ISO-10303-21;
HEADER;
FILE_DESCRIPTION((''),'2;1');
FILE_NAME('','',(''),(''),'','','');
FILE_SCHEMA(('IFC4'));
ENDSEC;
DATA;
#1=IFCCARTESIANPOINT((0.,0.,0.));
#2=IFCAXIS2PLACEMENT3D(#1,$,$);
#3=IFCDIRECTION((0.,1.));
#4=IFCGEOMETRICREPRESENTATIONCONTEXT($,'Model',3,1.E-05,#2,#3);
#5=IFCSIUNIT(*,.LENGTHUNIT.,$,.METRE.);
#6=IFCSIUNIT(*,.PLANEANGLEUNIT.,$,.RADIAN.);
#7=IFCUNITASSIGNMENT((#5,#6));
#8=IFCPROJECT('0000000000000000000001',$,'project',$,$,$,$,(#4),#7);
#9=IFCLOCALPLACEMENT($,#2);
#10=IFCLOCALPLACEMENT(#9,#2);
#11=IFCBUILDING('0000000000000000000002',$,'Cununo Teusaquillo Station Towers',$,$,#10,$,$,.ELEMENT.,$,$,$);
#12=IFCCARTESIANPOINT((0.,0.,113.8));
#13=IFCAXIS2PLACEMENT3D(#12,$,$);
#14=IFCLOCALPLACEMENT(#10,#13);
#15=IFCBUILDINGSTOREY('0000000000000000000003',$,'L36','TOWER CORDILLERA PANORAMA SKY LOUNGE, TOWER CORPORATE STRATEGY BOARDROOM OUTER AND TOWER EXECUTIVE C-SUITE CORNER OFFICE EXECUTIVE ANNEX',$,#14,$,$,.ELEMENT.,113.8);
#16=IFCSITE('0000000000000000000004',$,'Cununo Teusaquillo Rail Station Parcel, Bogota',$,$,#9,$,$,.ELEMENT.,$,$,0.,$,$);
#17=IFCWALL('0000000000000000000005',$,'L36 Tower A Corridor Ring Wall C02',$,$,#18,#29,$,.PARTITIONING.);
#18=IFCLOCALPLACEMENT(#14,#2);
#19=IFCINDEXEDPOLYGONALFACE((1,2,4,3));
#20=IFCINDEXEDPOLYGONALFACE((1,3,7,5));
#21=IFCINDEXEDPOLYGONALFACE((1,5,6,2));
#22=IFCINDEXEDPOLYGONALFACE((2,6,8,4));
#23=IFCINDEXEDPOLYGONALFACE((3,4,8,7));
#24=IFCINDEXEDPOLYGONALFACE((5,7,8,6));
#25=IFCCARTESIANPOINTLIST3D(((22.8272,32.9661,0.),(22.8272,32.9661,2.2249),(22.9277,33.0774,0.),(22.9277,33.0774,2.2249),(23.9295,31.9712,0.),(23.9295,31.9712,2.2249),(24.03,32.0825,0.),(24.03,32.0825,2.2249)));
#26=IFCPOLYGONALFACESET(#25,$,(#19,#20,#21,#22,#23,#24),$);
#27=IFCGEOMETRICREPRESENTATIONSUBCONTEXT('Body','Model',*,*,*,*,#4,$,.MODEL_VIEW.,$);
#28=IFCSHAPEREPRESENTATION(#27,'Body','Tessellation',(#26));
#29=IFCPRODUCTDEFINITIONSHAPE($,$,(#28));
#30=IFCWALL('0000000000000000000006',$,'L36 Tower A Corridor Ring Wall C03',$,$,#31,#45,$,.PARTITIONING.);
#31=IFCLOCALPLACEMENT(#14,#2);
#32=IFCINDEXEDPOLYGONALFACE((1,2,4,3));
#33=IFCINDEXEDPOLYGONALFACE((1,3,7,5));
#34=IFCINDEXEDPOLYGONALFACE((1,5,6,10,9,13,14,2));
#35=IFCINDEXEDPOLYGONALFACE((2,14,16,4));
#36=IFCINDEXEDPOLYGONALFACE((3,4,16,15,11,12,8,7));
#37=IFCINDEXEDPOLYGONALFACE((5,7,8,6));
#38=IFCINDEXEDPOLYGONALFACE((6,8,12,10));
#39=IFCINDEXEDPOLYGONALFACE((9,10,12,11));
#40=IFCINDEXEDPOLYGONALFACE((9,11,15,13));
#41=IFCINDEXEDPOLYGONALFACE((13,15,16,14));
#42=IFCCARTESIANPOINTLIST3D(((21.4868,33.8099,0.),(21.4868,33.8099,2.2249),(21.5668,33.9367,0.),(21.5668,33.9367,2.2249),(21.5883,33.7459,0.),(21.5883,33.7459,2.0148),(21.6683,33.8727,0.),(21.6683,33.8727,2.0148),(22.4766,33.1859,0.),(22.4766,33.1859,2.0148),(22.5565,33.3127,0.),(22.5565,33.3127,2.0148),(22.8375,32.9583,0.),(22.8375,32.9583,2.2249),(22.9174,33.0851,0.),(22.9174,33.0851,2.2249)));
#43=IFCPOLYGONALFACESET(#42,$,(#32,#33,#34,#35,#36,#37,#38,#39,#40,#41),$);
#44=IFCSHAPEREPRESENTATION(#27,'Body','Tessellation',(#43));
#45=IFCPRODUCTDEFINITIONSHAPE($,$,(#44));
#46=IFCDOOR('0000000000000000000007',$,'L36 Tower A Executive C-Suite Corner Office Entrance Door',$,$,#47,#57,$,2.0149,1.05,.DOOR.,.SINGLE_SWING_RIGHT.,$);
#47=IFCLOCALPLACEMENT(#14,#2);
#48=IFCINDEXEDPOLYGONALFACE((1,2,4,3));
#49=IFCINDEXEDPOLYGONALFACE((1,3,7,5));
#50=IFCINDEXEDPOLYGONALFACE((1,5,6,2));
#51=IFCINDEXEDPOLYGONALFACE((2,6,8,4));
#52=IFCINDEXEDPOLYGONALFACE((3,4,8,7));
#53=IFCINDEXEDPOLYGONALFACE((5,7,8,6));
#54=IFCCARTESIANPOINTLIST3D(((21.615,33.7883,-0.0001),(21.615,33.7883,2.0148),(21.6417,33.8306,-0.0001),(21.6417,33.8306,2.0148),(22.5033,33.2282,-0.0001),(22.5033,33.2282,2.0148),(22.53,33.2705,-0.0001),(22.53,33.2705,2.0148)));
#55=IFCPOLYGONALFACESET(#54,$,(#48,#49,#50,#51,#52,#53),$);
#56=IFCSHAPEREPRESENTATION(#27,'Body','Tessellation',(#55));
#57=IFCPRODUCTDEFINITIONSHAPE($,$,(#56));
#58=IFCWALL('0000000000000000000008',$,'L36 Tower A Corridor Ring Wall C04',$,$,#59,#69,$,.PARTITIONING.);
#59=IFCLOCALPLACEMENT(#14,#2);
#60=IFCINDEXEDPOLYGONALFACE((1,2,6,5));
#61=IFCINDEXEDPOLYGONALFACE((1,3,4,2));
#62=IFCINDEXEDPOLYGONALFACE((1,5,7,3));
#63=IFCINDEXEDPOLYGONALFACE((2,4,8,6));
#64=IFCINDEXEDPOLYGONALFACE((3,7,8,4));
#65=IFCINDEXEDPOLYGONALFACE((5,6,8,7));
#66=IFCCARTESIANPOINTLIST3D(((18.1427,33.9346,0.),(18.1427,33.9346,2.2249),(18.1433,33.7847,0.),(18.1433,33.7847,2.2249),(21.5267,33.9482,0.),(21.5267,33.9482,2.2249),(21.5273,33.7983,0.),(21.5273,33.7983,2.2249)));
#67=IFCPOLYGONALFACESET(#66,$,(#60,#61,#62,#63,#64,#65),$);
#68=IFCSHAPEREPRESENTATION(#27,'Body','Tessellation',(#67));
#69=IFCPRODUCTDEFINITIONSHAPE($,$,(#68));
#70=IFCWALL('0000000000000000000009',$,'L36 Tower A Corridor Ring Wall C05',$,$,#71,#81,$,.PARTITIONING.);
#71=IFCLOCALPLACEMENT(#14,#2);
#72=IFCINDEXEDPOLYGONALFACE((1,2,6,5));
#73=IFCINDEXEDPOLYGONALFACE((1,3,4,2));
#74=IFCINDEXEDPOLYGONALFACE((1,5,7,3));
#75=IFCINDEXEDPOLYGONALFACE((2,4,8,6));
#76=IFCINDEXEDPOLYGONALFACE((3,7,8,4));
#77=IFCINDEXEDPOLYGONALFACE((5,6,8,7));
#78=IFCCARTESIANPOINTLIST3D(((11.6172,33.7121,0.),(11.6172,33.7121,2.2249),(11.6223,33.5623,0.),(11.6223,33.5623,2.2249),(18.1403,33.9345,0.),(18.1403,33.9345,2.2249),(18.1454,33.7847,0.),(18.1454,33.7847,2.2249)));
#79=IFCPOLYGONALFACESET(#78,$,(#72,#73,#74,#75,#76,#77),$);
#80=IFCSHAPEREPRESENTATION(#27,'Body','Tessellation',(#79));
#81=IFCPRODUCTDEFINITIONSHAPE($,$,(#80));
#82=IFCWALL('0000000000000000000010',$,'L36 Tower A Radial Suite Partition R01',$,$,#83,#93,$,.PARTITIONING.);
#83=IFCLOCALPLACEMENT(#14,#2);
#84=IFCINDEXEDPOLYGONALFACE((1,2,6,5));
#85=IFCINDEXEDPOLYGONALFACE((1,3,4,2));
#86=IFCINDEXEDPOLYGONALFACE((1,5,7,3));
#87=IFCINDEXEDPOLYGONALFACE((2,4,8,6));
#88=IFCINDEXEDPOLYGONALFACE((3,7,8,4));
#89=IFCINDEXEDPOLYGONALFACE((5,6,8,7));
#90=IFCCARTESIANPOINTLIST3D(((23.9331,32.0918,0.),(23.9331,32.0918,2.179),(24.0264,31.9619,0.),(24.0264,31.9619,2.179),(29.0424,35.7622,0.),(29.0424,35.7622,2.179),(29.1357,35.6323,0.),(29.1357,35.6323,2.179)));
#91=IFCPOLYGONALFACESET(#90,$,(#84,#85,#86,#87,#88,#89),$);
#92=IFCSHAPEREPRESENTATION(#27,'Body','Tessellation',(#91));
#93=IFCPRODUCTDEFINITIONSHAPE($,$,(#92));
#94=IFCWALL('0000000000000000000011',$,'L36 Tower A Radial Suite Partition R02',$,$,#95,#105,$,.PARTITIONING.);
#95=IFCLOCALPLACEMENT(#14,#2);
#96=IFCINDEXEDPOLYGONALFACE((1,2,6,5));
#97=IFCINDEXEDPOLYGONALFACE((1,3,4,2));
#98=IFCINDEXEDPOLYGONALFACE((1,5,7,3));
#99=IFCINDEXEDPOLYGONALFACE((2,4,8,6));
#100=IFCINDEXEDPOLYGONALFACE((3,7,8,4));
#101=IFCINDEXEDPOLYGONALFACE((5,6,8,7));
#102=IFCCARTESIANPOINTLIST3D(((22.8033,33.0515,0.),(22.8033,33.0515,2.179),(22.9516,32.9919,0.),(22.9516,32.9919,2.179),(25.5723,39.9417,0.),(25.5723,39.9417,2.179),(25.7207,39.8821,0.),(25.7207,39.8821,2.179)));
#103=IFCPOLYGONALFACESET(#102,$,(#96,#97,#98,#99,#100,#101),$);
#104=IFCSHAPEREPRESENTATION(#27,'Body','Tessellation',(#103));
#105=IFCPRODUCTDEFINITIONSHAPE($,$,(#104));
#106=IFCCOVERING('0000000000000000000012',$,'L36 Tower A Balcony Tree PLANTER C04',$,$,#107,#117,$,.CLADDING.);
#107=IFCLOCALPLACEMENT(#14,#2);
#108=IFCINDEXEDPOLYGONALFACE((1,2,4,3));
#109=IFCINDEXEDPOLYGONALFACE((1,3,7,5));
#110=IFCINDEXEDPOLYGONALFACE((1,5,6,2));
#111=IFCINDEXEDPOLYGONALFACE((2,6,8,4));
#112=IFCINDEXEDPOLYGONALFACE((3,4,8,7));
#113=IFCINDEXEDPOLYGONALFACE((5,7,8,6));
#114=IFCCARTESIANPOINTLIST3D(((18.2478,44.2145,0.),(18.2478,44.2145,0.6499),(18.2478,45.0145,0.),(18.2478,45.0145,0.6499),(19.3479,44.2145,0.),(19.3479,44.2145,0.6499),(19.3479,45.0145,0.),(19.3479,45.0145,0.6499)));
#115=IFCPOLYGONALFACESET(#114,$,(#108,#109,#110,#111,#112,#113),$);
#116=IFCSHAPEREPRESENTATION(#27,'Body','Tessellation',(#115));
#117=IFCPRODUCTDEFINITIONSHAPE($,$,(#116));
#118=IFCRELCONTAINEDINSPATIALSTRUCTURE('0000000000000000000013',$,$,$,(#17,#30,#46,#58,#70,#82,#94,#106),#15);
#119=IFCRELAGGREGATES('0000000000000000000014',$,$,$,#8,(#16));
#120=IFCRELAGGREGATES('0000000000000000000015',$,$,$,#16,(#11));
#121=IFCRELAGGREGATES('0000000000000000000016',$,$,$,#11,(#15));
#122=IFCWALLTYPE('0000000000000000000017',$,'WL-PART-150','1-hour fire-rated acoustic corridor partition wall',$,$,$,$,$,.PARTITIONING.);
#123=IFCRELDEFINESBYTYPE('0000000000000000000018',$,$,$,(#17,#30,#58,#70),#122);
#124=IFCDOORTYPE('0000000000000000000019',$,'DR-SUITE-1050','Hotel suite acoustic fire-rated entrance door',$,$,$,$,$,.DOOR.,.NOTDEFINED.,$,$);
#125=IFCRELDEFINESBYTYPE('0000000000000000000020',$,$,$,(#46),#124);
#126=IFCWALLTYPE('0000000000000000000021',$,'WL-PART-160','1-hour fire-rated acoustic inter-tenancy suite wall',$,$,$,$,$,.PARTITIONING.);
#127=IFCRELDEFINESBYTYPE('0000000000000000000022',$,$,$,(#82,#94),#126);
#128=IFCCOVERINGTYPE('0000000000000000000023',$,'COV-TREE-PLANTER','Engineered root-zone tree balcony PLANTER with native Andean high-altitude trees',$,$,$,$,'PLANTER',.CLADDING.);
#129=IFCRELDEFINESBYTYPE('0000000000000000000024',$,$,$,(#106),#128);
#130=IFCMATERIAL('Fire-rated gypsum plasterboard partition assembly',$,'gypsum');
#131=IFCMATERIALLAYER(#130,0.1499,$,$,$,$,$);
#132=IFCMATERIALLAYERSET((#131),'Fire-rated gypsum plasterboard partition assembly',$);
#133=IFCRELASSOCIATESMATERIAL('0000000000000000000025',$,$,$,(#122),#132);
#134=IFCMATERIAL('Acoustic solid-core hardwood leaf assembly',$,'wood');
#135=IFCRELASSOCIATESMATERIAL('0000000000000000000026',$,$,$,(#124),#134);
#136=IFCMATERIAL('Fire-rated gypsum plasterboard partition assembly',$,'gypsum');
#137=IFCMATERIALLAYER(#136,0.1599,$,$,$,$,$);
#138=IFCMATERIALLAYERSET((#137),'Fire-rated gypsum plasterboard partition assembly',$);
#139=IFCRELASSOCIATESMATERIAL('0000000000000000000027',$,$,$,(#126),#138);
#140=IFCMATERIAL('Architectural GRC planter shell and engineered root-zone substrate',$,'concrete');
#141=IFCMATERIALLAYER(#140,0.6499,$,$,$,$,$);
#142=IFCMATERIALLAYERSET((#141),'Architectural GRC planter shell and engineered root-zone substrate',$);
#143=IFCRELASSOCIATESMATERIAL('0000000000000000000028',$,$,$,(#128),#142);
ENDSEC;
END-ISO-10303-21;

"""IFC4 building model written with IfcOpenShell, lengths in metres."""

from ifc_helpers import new_model, si_unit, direction, frame, frame_2d, origin, origin_2d, place, context, subcontext, project, spatial, rectangle, extrude, source, transform, mapped, material, layer, layer_set, type_object, element, fill, save


model = new_model("IFC4")

# Units and contexts
model_context = context("Model", 3, precision=1e-05, world=origin(), true_north=direction((0.0, 1.0)))
body_context = subcontext(model_context, "Body", "Model", "MODEL_VIEW")
ifc_project = project(units=[si_unit("LENGTHUNIT", "METRE"), si_unit("PLANEANGLEUNIT", "RADIAN")], contexts=[model_context])

# Site, building, storey
site_placement = place(None, origin())
site = spatial("IfcSite", under=ifc_project, at=site_placement, Name="Cununo Teusaquillo Rail Station Parcel, Bogota", CompositionType="ELEMENT", RefElevation=0.0)
building_placement = place(site_placement, origin())
building = spatial("IfcBuilding", under=site, at=building_placement, Name="Cununo Teusaquillo Station Towers", CompositionType="ELEMENT")
storey_placement = place(building_placement, frame((0.0, 0.0, 113.8)))
storey = spatial("IfcBuildingStorey", under=building, at=storey_placement, Name="L36", Description="TOWER CORDILLERA PANORAMA SKY LOUNGE, TOWER CORPORATE STRATEGY BOARDROOM OUTER AND TOWER EXECUTIVE C-SUITE CORNER OFFICE EXECUTIVE ANNEX", CompositionType="ELEMENT", Elevation=113.8)

# Wall
ifc_material_1 = material(Name="Fire-rated gypsum plasterboard partition assembly", Category="gypsum")
ifc_layer_1 = layer(ifc_material_1, 0.1499)
ifc_layer_set_1 = layer_set([ifc_layer_1], Name="Fire-rated gypsum plasterboard partition assembly")
wall_type_1 = type_object("IfcWallType", Name="WL-PART-150", Description="1-hour fire-rated acoustic corridor partition wall", PredefinedType="PARTITIONING", material=ifc_layer_set_1)
wall_1_placement = place(storey_placement, frame((23.9797, 32.0269, 0.0), z_axis=(0.0, 0.0, 1.0), x_axis=(-0.742353, 0.670009, 0.0)))
element("IfcWall", 1, at=wall_1_placement, inside=storey, type_object=wall_type_1, Name="L36 Tower A Corridor Ring Wall C02", PredefinedType="PARTITIONING", context=body_context, shape_type="SweptSolid", body=[
    extrude(rectangle(XDim=1.4849, YDim=0.1499, at=frame_2d((0.7424, 0.0))), origin(), (0.0, 0.0, 1.0), 2.2249),
])

# Wall, opening, door
wall_2_placement = place(storey_placement, frame((22.8774, 33.0217, 0.0), z_axis=(0.0, 0.0, 1.0), x_axis=(-0.845896, 0.533348, 0.0)))
wall_2 = element("IfcWall", 2, at=wall_2_placement, inside=storey, type_object=wall_type_1, Name="L36 Tower A Corridor Ring Wall C03", PredefinedType="PARTITIONING", context=body_context, shape_type="SweptSolid", body=[
    extrude(rectangle(XDim=1.5967, YDim=0.1499, at=frame_2d((0.7983, 0.0))), origin(), (0.0, 0.0, 1.0), 2.2249),
])
shared_shape_1 = source(origin(), body_context, "Body", "SweptSolid", [
    extrude(rectangle(XDim=1.05, YDim=2.0149, at=frame_2d((0.5249, 1.0073))), frame((0.0, 0.085, 0.0), z_axis=(0.0, -1.0, 0.0), x_axis=(1.0, 0.0, 0.0)), (0.0, 0.0, 1.0), 0.1699),
])
opening_1_placement = place(wall_2_placement, frame((0.4268, 0.0, 0.0)))
opening_1 = element("IfcOpeningElement", 3, at=opening_1_placement, cuts=wall_2, PredefinedType="OPENING", context=body_context, shape_type="MappedRepresentation", body=[
    mapped(shared_shape_1, transform((0.0, 0.0, 0.0), x_axis=(1.0, 0.0, 0.0), y_axis=(0.0, 1.0, 0.0), z_axis=(0.0, 0.0, 1.0), scale=1.0)),
])
ifc_material_2 = material(Name="Acoustic solid-core hardwood leaf assembly", Category="wood")
door_type_1 = type_object("IfcDoorType", Name="DR-SUITE-1050", Description="Hotel suite acoustic fire-rated entrance door", OperationType="NOTDEFINED", PredefinedType="DOOR", material=ifc_material_2)
shared_shape_2 = source(origin(), body_context, "Body", "SweptSolid", [
    extrude(rectangle(XDim=1.05, YDim=2.0149, at=frame_2d((0.5249, 1.0073))), frame((0.0, 0.0249, 0.0), z_axis=(0.0, -1.0, 0.0), x_axis=(1.0, 0.0, 0.0)), (0.0, 0.0, 1.0), 0.05),
])
door_1_placement = place(opening_1_placement, origin())
door_1 = element("IfcDoor", 4, at=door_1_placement, inside=storey, type_object=door_type_1, Name="L36 Tower A Executive C-Suite Corner Office Entrance Door", OperationType="SINGLE_SWING_RIGHT", OverallHeight=2.0149, OverallWidth=1.05, PredefinedType="DOOR", context=body_context, shape_type="MappedRepresentation", body=[
    mapped(shared_shape_2, transform((0.0, 0.0, 0.0), x_axis=(1.0, 0.0, 0.0), y_axis=(0.0, 1.0, 0.0), z_axis=(0.0, 0.0, 1.0), scale=1.0)),
])
fill(opening_1, door_1)

# Walls
wall_3_placement = place(storey_placement, frame((21.5269, 33.8733, 0.0), z_axis=(0.0, 0.0, 1.0), x_axis=(-0.999992, -0.00404, 0.0)))
element("IfcWall", 5, at=wall_3_placement, inside=storey, type_object=wall_type_1, Name="L36 Tower A Corridor Ring Wall C04", PredefinedType="PARTITIONING", context=body_context, shape_type="SweptSolid", body=[
    extrude(rectangle(XDim=3.384, YDim=0.1499, at=frame_2d((1.6919, 0.0))), origin(), (0.0, 0.0, 1.0), 2.2249),
])
wall_4_placement = place(storey_placement, frame((18.1428, 33.8596, 0.0), z_axis=(0.0, 0.0, 1.0), x_axis=(-0.999419, -0.034077, 0.0)))
element("IfcWall", 6, at=wall_4_placement, inside=storey, type_object=wall_type_1, Name="L36 Tower A Corridor Ring Wall C05", PredefinedType="PARTITIONING", context=body_context, shape_type="SweptSolid", body=[
    extrude(rectangle(XDim=6.5269, YDim=0.1499, at=frame_2d((3.2634, 0.0))), origin(), (0.0, 0.0, 1.0), 2.2249),
])
ifc_material_3 = material(Name="Fire-rated gypsum plasterboard partition assembly", Category="gypsum")
ifc_layer_2 = layer(ifc_material_3, 0.1599)
ifc_layer_set_2 = layer_set([ifc_layer_2], Name="Fire-rated gypsum plasterboard partition assembly")
wall_type_2 = type_object("IfcWallType", Name="WL-PART-160", Description="1-hour fire-rated acoustic inter-tenancy suite wall", PredefinedType="PARTITIONING", material=ifc_layer_set_2)
wall_5_placement = place(storey_placement, frame((23.9797, 32.0269, 0.0), z_axis=(0.0, 0.0, 1.0), x_axis=(0.812162, 0.583431, 0.0)))
element("IfcWall", 7, at=wall_5_placement, inside=storey, type_object=wall_type_2, Name="L36 Tower A Radial Suite Partition R01", PredefinedType="PARTITIONING", context=body_context, shape_type="SweptSolid", body=[
    extrude(rectangle(XDim=6.291, YDim=0.1599, at=frame_2d((3.1455, 0.0))), origin(), (0.0, 0.0, 1.0), 2.179),
])
wall_6_placement = place(storey_placement, frame((22.8774, 33.0217, 0.0), z_axis=(0.0, 0.0, 1.0), x_axis=(0.372898, 0.927872, 0.0)))
element("IfcWall", 8, at=wall_6_placement, inside=storey, type_object=wall_type_2, Name="L36 Tower A Radial Suite Partition R02", PredefinedType="PARTITIONING", context=body_context, shape_type="SweptSolid", body=[
    extrude(rectangle(XDim=7.4258, YDim=0.1599, at=frame_2d((3.7129, 0.0))), origin(), (0.0, 0.0, 1.0), 2.179),
])

# Covering
ifc_material_4 = material(Name="Architectural GRC planter shell and engineered root-zone substrate", Category="concrete")
ifc_layer_3 = layer(ifc_material_4, 0.6499)
ifc_layer_set_3 = layer_set([ifc_layer_3], Name="Architectural GRC planter shell and engineered root-zone substrate")
covering_type = type_object("IfcCoveringType", Name="COV-TREE-PLANTER", Description="Engineered root-zone tree balcony PLANTER with native Andean high-altitude trees", ElementType="PLANTER", PredefinedType="CLADDING", material=ifc_layer_set_3)
shared_shape_3 = source(origin(), body_context, "Body", "SweptSolid", [
    extrude(rectangle(XDim=1.1001, YDim=0.8, at=origin_2d()), origin(), (0.0, 0.0, 1.0), 0.6499),
])
covering_placement = place(storey_placement, frame((18.7979, 44.6145, 0.0), z_axis=(0.0, 0.0, 1.0), x_axis=(1.0, 0.0, 0.0)))
element("IfcCovering", 9, at=covering_placement, inside=storey, type_object=covering_type, Name="L36 Tower A Balcony Tree PLANTER C04", PredefinedType="CLADDING", context=body_context, shape_type="MappedRepresentation", body=[
    mapped(shared_shape_3, transform((0.0, 0.0, 0.0), x_axis=(1.0, 0.0, 0.0), y_axis=(0.0, 1.0, 0.0), z_axis=(0.0, 0.0, 1.0), scale=1.0)),
])

save(model, "model.ifc")
